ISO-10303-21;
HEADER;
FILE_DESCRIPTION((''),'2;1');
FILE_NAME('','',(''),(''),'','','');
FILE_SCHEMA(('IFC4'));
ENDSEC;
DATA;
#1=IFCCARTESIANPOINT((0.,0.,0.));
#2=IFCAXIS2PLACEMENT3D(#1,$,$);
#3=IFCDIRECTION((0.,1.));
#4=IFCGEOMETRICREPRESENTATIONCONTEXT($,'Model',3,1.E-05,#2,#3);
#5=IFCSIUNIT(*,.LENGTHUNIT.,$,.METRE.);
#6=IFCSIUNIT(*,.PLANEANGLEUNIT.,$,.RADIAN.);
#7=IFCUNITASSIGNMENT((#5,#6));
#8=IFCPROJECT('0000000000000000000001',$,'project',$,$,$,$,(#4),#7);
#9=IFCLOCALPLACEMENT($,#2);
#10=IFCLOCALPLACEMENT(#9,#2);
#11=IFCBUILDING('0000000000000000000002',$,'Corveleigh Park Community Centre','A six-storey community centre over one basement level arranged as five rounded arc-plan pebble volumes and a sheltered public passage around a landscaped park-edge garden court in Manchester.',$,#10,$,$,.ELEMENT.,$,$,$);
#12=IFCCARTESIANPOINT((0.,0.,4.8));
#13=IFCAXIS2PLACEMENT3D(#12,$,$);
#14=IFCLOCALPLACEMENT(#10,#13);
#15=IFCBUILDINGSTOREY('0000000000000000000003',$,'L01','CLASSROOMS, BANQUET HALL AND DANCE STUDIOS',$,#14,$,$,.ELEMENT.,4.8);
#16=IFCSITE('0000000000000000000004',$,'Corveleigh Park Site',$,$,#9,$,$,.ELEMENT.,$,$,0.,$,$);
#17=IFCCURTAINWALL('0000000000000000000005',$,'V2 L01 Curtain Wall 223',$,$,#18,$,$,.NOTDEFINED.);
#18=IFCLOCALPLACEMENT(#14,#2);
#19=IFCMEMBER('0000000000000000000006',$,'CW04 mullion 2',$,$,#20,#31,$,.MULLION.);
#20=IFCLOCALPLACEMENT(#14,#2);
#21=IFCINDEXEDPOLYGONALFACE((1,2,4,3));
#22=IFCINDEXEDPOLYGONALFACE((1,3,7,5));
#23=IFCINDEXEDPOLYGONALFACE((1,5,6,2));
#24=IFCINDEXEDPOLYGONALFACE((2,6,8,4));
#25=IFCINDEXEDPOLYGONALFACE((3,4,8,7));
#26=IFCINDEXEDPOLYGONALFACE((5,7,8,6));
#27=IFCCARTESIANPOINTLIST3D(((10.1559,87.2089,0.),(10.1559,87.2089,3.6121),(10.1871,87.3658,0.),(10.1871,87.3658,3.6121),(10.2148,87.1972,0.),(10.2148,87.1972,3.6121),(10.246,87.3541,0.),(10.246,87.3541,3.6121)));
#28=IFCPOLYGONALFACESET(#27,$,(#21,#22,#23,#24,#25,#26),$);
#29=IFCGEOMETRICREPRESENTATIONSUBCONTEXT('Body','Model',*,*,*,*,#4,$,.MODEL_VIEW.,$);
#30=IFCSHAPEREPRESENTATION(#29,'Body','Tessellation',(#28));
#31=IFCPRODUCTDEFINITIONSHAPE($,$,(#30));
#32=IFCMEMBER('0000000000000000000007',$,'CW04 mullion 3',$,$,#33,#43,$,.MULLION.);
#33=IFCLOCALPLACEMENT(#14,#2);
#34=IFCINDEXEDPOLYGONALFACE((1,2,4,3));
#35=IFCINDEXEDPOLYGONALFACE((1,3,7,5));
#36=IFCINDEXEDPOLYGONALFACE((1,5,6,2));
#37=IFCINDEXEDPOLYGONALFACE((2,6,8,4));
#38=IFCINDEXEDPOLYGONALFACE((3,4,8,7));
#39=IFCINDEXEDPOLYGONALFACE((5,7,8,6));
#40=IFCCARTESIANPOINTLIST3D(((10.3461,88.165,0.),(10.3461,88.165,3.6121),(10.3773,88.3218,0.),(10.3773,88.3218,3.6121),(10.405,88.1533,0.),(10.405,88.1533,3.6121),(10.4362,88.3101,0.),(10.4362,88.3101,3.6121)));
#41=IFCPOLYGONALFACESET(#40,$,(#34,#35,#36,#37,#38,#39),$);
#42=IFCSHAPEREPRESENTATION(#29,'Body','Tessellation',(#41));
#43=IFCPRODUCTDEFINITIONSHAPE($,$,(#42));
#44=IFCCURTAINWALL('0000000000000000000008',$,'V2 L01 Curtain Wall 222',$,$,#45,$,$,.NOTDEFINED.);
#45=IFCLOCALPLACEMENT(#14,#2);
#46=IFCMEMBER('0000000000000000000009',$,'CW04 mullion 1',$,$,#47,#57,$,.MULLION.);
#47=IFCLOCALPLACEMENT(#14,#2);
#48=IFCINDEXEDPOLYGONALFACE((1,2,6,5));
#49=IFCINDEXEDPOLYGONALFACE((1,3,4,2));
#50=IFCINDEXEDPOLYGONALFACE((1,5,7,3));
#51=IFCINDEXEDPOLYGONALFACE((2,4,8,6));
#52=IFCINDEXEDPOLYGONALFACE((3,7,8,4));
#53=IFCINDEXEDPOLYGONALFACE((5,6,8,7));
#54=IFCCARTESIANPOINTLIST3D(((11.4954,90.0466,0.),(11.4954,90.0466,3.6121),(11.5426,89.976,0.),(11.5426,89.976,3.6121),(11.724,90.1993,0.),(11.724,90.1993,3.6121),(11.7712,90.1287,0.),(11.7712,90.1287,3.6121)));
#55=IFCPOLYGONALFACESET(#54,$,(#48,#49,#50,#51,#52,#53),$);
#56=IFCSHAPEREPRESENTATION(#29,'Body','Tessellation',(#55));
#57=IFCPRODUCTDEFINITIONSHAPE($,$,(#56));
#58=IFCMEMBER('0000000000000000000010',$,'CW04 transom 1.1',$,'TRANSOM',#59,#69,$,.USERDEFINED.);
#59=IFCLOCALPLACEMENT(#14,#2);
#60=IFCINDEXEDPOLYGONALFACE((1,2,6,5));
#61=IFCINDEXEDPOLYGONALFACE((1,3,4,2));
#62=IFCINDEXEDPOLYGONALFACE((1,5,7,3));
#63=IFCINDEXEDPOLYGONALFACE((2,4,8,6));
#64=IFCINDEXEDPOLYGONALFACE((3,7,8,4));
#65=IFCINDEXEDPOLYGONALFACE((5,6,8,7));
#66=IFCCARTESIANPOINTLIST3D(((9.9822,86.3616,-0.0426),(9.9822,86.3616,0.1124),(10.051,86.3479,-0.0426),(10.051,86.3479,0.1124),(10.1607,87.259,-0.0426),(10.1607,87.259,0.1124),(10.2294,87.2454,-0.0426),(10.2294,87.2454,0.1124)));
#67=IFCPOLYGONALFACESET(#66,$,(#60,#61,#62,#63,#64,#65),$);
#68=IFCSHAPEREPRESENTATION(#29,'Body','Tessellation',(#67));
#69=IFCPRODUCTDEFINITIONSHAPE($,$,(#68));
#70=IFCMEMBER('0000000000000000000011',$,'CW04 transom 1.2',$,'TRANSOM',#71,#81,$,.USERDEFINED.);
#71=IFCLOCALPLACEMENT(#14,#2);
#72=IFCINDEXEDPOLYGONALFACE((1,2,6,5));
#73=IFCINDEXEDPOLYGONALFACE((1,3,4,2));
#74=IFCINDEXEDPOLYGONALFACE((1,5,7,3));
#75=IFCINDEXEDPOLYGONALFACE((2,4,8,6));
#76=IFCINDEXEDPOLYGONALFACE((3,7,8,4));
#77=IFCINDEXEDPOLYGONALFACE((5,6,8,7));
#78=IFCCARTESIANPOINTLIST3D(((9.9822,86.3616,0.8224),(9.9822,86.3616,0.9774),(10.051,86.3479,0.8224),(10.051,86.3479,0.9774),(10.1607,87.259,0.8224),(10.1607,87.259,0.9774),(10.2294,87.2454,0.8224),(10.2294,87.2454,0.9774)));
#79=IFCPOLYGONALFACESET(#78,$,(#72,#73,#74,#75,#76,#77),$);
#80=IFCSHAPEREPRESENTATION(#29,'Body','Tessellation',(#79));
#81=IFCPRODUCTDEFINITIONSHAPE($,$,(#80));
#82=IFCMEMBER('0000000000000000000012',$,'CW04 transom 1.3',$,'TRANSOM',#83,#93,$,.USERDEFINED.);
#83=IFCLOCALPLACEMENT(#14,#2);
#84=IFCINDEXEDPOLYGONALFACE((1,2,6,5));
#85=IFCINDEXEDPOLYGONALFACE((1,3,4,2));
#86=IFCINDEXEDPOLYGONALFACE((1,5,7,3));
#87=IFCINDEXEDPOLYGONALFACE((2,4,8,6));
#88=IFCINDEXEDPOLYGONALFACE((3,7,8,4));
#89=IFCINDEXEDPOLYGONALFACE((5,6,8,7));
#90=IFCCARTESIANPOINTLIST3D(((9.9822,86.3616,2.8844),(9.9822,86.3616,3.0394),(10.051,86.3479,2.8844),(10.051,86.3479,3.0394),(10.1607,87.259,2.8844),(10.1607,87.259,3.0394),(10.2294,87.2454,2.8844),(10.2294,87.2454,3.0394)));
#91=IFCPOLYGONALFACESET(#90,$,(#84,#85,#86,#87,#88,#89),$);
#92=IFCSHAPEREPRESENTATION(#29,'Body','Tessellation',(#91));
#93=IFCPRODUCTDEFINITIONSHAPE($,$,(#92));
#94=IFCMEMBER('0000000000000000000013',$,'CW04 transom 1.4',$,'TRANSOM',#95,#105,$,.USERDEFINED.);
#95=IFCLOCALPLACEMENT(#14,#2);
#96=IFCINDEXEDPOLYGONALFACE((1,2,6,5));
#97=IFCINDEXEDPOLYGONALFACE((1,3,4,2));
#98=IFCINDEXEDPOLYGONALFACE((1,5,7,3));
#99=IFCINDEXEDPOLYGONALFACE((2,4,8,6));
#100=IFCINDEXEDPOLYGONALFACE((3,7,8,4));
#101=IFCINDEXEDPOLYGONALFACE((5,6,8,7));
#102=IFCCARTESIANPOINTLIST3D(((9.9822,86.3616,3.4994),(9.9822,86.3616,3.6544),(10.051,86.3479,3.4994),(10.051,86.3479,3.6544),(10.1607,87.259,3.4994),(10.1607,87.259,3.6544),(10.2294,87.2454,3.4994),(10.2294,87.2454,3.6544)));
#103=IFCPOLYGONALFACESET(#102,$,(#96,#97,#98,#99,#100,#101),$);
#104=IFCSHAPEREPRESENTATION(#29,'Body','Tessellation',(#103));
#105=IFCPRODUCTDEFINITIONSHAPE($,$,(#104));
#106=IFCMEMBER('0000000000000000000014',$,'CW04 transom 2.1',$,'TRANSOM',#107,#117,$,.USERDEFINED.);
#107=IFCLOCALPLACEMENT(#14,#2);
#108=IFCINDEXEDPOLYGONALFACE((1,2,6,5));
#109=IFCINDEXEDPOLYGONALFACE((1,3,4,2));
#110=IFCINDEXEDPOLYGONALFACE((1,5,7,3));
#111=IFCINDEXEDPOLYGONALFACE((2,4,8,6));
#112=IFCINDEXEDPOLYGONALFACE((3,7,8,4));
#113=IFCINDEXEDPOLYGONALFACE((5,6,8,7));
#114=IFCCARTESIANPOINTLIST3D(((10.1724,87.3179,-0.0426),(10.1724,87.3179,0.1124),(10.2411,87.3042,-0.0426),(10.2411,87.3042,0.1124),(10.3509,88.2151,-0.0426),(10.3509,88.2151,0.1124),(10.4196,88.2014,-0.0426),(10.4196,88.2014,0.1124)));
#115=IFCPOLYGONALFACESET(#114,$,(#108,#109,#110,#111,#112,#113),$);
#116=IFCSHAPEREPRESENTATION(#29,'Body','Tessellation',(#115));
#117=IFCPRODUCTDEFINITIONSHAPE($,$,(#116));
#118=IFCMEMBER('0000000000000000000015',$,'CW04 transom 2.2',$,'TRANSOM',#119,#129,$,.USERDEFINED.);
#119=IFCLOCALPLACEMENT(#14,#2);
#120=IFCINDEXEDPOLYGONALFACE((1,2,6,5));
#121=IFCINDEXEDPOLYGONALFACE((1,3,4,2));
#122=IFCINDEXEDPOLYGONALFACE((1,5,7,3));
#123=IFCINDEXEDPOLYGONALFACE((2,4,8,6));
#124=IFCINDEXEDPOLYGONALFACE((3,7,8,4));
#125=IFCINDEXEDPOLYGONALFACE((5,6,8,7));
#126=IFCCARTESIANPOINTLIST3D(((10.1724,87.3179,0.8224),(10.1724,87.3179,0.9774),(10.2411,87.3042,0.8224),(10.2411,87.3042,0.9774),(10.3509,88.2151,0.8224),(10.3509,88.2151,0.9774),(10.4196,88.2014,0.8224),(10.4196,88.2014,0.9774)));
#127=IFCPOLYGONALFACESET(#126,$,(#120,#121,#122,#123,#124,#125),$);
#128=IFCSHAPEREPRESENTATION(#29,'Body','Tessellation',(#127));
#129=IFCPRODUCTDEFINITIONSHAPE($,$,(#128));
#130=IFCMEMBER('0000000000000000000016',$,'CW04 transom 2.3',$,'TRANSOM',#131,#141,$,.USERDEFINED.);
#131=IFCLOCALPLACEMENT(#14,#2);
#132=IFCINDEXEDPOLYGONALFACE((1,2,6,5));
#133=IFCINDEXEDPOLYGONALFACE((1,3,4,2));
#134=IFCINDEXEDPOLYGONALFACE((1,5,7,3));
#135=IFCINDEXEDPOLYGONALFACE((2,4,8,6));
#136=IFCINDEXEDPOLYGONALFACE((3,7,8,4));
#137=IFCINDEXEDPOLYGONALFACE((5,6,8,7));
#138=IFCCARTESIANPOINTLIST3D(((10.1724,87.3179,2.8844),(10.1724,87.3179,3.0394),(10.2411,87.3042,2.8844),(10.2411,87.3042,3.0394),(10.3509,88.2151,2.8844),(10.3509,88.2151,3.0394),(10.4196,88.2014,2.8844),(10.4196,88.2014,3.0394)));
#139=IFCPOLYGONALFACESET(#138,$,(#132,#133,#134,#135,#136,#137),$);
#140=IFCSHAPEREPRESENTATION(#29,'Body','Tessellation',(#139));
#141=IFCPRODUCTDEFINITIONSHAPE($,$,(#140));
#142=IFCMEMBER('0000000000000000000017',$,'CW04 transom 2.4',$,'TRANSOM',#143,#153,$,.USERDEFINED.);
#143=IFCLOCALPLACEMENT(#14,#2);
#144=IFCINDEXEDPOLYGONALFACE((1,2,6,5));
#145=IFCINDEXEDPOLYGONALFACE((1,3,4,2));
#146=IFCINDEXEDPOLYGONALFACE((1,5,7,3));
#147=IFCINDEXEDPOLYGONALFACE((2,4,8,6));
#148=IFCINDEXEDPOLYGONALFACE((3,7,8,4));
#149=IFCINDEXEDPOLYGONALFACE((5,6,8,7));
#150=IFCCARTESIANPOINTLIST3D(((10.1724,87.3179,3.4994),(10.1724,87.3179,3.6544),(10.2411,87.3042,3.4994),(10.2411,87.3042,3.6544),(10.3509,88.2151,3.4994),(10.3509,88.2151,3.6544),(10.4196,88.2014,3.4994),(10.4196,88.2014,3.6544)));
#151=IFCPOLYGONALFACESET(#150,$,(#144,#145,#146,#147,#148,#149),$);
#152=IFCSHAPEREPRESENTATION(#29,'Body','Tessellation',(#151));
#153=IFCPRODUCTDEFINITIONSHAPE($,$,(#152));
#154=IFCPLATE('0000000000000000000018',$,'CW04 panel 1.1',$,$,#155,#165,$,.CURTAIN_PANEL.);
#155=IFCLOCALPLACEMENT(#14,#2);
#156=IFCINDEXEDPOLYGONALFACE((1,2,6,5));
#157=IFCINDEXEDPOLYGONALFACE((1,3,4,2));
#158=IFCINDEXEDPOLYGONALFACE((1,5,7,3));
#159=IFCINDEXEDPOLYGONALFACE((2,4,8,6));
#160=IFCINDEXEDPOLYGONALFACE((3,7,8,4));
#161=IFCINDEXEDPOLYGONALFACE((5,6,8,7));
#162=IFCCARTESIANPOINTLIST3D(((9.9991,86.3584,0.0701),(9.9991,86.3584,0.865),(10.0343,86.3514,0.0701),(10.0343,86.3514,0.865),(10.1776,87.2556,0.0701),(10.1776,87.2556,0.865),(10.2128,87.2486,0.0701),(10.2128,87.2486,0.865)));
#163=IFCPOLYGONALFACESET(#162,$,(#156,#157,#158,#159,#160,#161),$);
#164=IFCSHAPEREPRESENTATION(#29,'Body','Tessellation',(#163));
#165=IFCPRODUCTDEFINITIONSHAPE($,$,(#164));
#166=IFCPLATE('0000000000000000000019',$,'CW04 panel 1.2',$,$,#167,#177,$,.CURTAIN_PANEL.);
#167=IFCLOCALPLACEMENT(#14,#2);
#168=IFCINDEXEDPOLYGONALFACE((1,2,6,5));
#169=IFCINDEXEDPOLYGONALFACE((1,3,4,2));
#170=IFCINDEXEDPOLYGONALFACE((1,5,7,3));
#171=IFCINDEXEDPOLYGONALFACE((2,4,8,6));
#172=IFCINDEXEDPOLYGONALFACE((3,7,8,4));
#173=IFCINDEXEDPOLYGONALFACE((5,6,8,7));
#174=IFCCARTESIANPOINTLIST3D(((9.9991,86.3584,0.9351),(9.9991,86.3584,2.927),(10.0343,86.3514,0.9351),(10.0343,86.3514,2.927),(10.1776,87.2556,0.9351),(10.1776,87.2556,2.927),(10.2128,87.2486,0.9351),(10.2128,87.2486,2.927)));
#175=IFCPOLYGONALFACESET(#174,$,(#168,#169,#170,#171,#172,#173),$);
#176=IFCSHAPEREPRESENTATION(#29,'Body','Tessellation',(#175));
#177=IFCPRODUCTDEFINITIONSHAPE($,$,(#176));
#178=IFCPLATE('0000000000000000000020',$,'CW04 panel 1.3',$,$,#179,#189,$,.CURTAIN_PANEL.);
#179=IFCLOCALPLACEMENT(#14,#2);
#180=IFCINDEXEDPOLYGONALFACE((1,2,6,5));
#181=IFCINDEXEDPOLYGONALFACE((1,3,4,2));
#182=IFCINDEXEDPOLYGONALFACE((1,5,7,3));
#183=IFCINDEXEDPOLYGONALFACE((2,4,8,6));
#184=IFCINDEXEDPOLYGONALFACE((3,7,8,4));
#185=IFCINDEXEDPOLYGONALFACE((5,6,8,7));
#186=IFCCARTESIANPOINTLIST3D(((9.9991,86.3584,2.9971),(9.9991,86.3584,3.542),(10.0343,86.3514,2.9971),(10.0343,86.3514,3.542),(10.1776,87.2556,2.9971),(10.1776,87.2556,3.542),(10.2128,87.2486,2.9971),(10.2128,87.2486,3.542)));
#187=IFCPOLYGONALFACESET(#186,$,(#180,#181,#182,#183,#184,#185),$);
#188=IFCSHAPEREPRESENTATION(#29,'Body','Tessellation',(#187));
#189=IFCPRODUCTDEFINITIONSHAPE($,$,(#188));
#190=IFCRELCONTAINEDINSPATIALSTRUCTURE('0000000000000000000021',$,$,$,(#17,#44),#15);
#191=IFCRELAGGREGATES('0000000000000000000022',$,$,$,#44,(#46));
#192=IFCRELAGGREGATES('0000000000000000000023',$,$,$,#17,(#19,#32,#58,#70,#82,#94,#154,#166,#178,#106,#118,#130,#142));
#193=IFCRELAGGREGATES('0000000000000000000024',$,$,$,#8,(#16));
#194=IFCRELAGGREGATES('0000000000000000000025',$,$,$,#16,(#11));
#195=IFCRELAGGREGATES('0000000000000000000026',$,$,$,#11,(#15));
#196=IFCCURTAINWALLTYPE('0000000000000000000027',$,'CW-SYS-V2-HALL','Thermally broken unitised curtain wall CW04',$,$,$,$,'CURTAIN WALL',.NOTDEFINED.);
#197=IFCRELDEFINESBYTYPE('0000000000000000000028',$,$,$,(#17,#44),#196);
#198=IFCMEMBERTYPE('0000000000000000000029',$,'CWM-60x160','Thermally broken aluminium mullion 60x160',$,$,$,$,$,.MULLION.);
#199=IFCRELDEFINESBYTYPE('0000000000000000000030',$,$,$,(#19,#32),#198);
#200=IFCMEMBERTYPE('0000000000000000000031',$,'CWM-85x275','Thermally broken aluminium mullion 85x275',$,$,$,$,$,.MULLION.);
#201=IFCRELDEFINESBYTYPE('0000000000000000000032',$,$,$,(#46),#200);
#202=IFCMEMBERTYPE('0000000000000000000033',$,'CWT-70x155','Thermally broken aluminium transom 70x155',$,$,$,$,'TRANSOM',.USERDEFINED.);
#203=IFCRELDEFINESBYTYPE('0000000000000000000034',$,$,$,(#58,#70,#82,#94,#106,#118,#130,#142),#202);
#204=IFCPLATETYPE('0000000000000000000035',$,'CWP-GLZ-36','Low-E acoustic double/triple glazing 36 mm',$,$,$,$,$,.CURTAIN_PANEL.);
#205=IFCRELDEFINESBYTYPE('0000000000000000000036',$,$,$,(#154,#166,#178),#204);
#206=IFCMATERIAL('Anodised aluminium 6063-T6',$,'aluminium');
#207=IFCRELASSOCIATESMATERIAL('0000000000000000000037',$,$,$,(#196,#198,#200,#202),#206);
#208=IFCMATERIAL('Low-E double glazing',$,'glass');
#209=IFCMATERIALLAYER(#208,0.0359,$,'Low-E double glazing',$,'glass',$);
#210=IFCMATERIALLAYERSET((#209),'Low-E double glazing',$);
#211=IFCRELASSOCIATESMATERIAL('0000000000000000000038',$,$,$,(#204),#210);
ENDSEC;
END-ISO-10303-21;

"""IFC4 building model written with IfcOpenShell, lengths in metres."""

from ifc_helpers import new_model, si_unit, direction, frame, origin, origin_2d, place, context, subcontext, project, spatial, rectangle, extrude, material, layer, layer_set, material_profile, profile_set, type_object, element, aggregate, save


model = new_model("IFC4")

# Units and contexts
model_context = context("Model", 3, precision=1e-05, world=origin(), true_north=direction((0.0, 1.0)))
body_context = subcontext(model_context, "Body", "Model", "MODEL_VIEW")
ifc_project = project(units=[si_unit("LENGTHUNIT", "METRE"), si_unit("PLANEANGLEUNIT", "RADIAN")], contexts=[model_context])

# Site, building, storey
site_placement = place(None, origin())
site = spatial("IfcSite", under=ifc_project, at=site_placement, Name="Corveleigh Park Site", CompositionType="ELEMENT", RefElevation=0.0)
building_placement = place(site_placement, origin())
building = spatial("IfcBuilding", under=site, at=building_placement, Name="Corveleigh Park Community Centre", Description="A six-storey community centre over one basement level arranged as five rounded arc-plan pebble volumes and a sheltered public passage around a landscaped park-edge garden court in Manchester.", CompositionType="ELEMENT")
storey_placement = place(building_placement, frame((0.0, 0.0, 4.8)))
storey = spatial("IfcBuildingStorey", under=building, at=storey_placement, Name="L01", Description="CLASSROOMS, BANQUET HALL AND DANCE STUDIOS", CompositionType="ELEMENT", Elevation=4.8)

# Curtain wall, members
ifc_material_1 = material(Name="Anodised aluminium 6063-T6", Category="aluminium")
curtain_wall_type = type_object("IfcCurtainWallType", Name="CW-SYS-V2-HALL", Description="Thermally broken unitised curtain wall CW04", ElementType="CURTAIN WALL", PredefinedType="NOTDEFINED", material=ifc_material_1)
curtain_wall_1_placement = place(storey_placement, origin())
curtain_wall_1 = element("IfcCurtainWall", 1, at=curtain_wall_1_placement, inside=storey, type_object=curtain_wall_type, Name="V2 L01 Curtain Wall 223", PredefinedType="NOTDEFINED")
ifc_material_profile_1 = material_profile(ifc_material_1, rectangle(XDim=0.0601, YDim=0.1599, at=origin_2d()), Name="ALU-M60x160", Category="aluminium")
ifc_profile_set_1 = profile_set([ifc_material_profile_1], Name="Anodised aluminium 6063-T6")
member_type_1 = type_object("IfcMemberType", Name="CWM-60x160", Description="Thermally broken aluminium mullion 60x160", PredefinedType="MULLION", material=ifc_profile_set_1)
member_1_placement = place(storey_placement, frame((10.2009, 87.2815, 0.0), z_axis=(0.0, 0.0, 1.0), x_axis=(-0.980791, 0.195063, 0.0)))
member_1 = element("IfcMember", 2, at=member_1_placement, type_object=member_type_1, Name="CW04 mullion 2", PredefinedType="MULLION", context=body_context, shape_type="SweptSolid", body=[
    extrude(rectangle(XDim=0.0601, YDim=0.1599, at=origin_2d()), origin(), (0.0, 0.0, 1.0), 3.6121),
])
member_2_placement = place(storey_placement, frame((10.3911, 88.2375, 0.0), z_axis=(0.0, 0.0, 1.0), x_axis=(-0.980791, 0.195063, 0.0)))
member_2 = element("IfcMember", 3, at=member_2_placement, type_object=member_type_1, Name="CW04 mullion 3", PredefinedType="MULLION", context=body_context, shape_type="SweptSolid", body=[
    extrude(rectangle(XDim=0.0601, YDim=0.1599, at=origin_2d()), origin(), (0.0, 0.0, 1.0), 3.6121),
])

# Curtain wall, member
curtain_wall_2_placement = place(storey_placement, origin())
curtain_wall_2 = element("IfcCurtainWall", 4, at=curtain_wall_2_placement, inside=storey, type_object=curtain_wall_type, Name="V2 L01 Curtain Wall 222", PredefinedType="NOTDEFINED")
ifc_material_profile_2 = material_profile(ifc_material_1, rectangle(XDim=0.085, YDim=0.2749, at=origin_2d()), Name="ALU-M85x275", Category="aluminium")
ifc_profile_set_2 = profile_set([ifc_material_profile_2], Name="Anodised aluminium 6063-T6")
member_type_2 = type_object("IfcMemberType", Name="CWM-85x275", Description="Thermally broken aluminium mullion 85x275", PredefinedType="MULLION", material=ifc_profile_set_2)
member_3_placement = place(storey_placement, frame((11.6333, 90.0876, 0.0), z_axis=(0.0, 0.0, 1.0), x_axis=(-0.555512, 0.831509, 0.0)))
member_3 = element("IfcMember", 5, at=member_3_placement, type_object=member_type_2, Name="CW04 mullion 1", PredefinedType="MULLION", context=body_context, shape_type="SweptSolid", body=[
    extrude(rectangle(XDim=0.085, YDim=0.2749, at=origin_2d()), origin(), (0.0, 0.0, 1.0), 3.6121),
])
aggregate(curtain_wall_2, [member_3])

# Members
ifc_material_profile_3 = material_profile(ifc_material_1, rectangle(XDim=0.0701, YDim=0.155, at=origin_2d()), Name="ALU-T70x155", Category="aluminium")
ifc_profile_set_3 = profile_set([ifc_material_profile_3], Name="Anodised aluminium 6063-T6")
member_type_3 = type_object("IfcMemberType", Name="CWT-70x155", Description="Thermally broken aluminium transom 70x155", ElementType="TRANSOM", PredefinedType="USERDEFINED", material=ifc_profile_set_3)
member_4_placement = place(storey_placement, frame((10.0166, 86.3547, 0.0349), z_axis=(0.195039, 0.980796, 0.0), x_axis=(-0.980796, 0.195039, 0.0)))
member_4 = element("IfcMember", 6, at=member_4_placement, type_object=member_type_3, Name="CW04 transom 1.1", ObjectType="TRANSOM", PredefinedType="USERDEFINED", context=body_context, shape_type="SweptSolid", body=[
    extrude(rectangle(XDim=0.0701, YDim=0.155, at=origin_2d()), origin(), (0.0, 0.0, 1.0), 0.915),
])
member_5_placement = place(storey_placement, frame((10.0166, 86.3547, 0.8999), z_axis=(0.195039, 0.980796, 0.0), x_axis=(-0.980796, 0.195039, 0.0)))
member_5 = element("IfcMember", 7, at=member_5_placement, type_object=member_type_3, Name="CW04 transom 1.2", ObjectType="TRANSOM", PredefinedType="USERDEFINED", context=body_context, shape_type="SweptSolid", body=[
    extrude(rectangle(XDim=0.0701, YDim=0.155, at=origin_2d()), origin(), (0.0, 0.0, 1.0), 0.915),
])
member_6_placement = place(storey_placement, frame((10.0166, 86.3547, 2.9619), z_axis=(0.195039, 0.980796, 0.0), x_axis=(-0.980796, 0.195039, 0.0)))
member_6 = element("IfcMember", 8, at=member_6_placement, type_object=member_type_3, Name="CW04 transom 1.3", ObjectType="TRANSOM", PredefinedType="USERDEFINED", context=body_context, shape_type="SweptSolid", body=[
    extrude(rectangle(XDim=0.0701, YDim=0.155, at=origin_2d()), origin(), (0.0, 0.0, 1.0), 0.915),
])
member_7_placement = place(storey_placement, frame((10.0166, 86.3547, 3.5769), z_axis=(0.195039, 0.980796, 0.0), x_axis=(-0.980796, 0.195039, 0.0)))
member_7 = element("IfcMember", 9, at=member_7_placement, type_object=member_type_3, Name="CW04 transom 1.4", ObjectType="TRANSOM", PredefinedType="USERDEFINED", context=body_context, shape_type="SweptSolid", body=[
    extrude(rectangle(XDim=0.0701, YDim=0.155, at=origin_2d()), origin(), (0.0, 0.0, 1.0), 0.915),
])
member_8_placement = place(storey_placement, frame((10.2068, 87.311, 0.0349), z_axis=(0.19509, 0.980785, 0.0), x_axis=(-0.980785, 0.19509, 0.0)))
member_8 = element("IfcMember", 10, at=member_8_placement, type_object=member_type_3, Name="CW04 transom 2.1", ObjectType="TRANSOM", PredefinedType="USERDEFINED", context=body_context, shape_type="SweptSolid", body=[
    extrude(rectangle(XDim=0.0701, YDim=0.155, at=origin_2d()), origin(), (0.0, 0.0, 1.0), 0.9148),
])
member_9_placement = place(storey_placement, frame((10.2068, 87.311, 0.8999), z_axis=(0.19509, 0.980785, 0.0), x_axis=(-0.980785, 0.19509, 0.0)))
member_9 = element("IfcMember", 11, at=member_9_placement, type_object=member_type_3, Name="CW04 transom 2.2", ObjectType="TRANSOM", PredefinedType="USERDEFINED", context=body_context, shape_type="SweptSolid", body=[
    extrude(rectangle(XDim=0.0701, YDim=0.155, at=origin_2d()), origin(), (0.0, 0.0, 1.0), 0.9148),
])
member_10_placement = place(storey_placement, frame((10.2068, 87.311, 2.9619), z_axis=(0.19509, 0.980785, 0.0), x_axis=(-0.980785, 0.19509, 0.0)))
member_10 = element("IfcMember", 12, at=member_10_placement, type_object=member_type_3, Name="CW04 transom 2.3", ObjectType="TRANSOM", PredefinedType="USERDEFINED", context=body_context, shape_type="SweptSolid", body=[
    extrude(rectangle(XDim=0.0701, YDim=0.155, at=origin_2d()), origin(), (0.0, 0.0, 1.0), 0.9148),
])
member_11_placement = place(storey_placement, frame((10.2068, 87.311, 3.5769), z_axis=(0.19509, 0.980785, 0.0), x_axis=(-0.980785, 0.19509, 0.0)))
member_11 = element("IfcMember", 13, at=member_11_placement, type_object=member_type_3, Name="CW04 transom 2.4", ObjectType="TRANSOM", PredefinedType="USERDEFINED", context=body_context, shape_type="SweptSolid", body=[
    extrude(rectangle(XDim=0.0701, YDim=0.155, at=origin_2d()), origin(), (0.0, 0.0, 1.0), 0.9148),
])

# Plates
ifc_material_2 = material(Name="Low-E double glazing", Category="glass")
ifc_layer_1 = layer(ifc_material_2, 0.0359, Name="Low-E double glazing", Category="glass")
ifc_layer_set_1 = layer_set([ifc_layer_1], Name="Low-E double glazing")
plate_type = type_object("IfcPlateType", Name="CWP-GLZ-36", Description="Low-E acoustic double/triple glazing 36 mm", PredefinedType="CURTAIN_PANEL", material=ifc_layer_set_1)
plate_1_placement = place(storey_placement, frame((10.106, 86.8035, 0.0701), z_axis=(0.0, 0.0, 1.0), x_axis=(0.195063, 0.980791, 0.0)))
plate_1 = element("IfcPlate", 14, at=plate_1_placement, type_object=plate_type, Name="CW04 panel 1.1", PredefinedType="CURTAIN_PANEL", context=body_context, shape_type="SweptSolid", body=[
    extrude(rectangle(XDim=0.9148, YDim=0.0359, at=origin_2d()), origin(), (0.0, 0.0, 1.0), 0.7949),
])
plate_2_placement = place(storey_placement, frame((10.106, 86.8035, 0.9351), z_axis=(0.0, 0.0, 1.0), x_axis=(0.195063, 0.980791, 0.0)))
plate_2 = element("IfcPlate", 15, at=plate_2_placement, type_object=plate_type, Name="CW04 panel 1.2", PredefinedType="CURTAIN_PANEL", context=body_context, shape_type="SweptSolid", body=[
    extrude(rectangle(XDim=0.9148, YDim=0.0359, at=origin_2d()), origin(), (0.0, 0.0, 1.0), 1.9919),
])
plate_3_placement = place(storey_placement, frame((10.106, 86.8035, 2.9971), z_axis=(0.0, 0.0, 1.0), x_axis=(0.195063, 0.980791, 0.0)))
plate_3 = element("IfcPlate", 16, at=plate_3_placement, type_object=plate_type, Name="CW04 panel 1.3", PredefinedType="CURTAIN_PANEL", context=body_context, shape_type="SweptSolid", body=[
    extrude(rectangle(XDim=0.9148, YDim=0.0359, at=origin_2d()), origin(), (0.0, 0.0, 1.0), 0.5449),
])
aggregate(curtain_wall_1, [member_1, member_2, member_4, member_5, member_6, member_7, plate_1, plate_2, plate_3, member_8, member_9, member_10, member_11])

save(model, "model.ifc")
